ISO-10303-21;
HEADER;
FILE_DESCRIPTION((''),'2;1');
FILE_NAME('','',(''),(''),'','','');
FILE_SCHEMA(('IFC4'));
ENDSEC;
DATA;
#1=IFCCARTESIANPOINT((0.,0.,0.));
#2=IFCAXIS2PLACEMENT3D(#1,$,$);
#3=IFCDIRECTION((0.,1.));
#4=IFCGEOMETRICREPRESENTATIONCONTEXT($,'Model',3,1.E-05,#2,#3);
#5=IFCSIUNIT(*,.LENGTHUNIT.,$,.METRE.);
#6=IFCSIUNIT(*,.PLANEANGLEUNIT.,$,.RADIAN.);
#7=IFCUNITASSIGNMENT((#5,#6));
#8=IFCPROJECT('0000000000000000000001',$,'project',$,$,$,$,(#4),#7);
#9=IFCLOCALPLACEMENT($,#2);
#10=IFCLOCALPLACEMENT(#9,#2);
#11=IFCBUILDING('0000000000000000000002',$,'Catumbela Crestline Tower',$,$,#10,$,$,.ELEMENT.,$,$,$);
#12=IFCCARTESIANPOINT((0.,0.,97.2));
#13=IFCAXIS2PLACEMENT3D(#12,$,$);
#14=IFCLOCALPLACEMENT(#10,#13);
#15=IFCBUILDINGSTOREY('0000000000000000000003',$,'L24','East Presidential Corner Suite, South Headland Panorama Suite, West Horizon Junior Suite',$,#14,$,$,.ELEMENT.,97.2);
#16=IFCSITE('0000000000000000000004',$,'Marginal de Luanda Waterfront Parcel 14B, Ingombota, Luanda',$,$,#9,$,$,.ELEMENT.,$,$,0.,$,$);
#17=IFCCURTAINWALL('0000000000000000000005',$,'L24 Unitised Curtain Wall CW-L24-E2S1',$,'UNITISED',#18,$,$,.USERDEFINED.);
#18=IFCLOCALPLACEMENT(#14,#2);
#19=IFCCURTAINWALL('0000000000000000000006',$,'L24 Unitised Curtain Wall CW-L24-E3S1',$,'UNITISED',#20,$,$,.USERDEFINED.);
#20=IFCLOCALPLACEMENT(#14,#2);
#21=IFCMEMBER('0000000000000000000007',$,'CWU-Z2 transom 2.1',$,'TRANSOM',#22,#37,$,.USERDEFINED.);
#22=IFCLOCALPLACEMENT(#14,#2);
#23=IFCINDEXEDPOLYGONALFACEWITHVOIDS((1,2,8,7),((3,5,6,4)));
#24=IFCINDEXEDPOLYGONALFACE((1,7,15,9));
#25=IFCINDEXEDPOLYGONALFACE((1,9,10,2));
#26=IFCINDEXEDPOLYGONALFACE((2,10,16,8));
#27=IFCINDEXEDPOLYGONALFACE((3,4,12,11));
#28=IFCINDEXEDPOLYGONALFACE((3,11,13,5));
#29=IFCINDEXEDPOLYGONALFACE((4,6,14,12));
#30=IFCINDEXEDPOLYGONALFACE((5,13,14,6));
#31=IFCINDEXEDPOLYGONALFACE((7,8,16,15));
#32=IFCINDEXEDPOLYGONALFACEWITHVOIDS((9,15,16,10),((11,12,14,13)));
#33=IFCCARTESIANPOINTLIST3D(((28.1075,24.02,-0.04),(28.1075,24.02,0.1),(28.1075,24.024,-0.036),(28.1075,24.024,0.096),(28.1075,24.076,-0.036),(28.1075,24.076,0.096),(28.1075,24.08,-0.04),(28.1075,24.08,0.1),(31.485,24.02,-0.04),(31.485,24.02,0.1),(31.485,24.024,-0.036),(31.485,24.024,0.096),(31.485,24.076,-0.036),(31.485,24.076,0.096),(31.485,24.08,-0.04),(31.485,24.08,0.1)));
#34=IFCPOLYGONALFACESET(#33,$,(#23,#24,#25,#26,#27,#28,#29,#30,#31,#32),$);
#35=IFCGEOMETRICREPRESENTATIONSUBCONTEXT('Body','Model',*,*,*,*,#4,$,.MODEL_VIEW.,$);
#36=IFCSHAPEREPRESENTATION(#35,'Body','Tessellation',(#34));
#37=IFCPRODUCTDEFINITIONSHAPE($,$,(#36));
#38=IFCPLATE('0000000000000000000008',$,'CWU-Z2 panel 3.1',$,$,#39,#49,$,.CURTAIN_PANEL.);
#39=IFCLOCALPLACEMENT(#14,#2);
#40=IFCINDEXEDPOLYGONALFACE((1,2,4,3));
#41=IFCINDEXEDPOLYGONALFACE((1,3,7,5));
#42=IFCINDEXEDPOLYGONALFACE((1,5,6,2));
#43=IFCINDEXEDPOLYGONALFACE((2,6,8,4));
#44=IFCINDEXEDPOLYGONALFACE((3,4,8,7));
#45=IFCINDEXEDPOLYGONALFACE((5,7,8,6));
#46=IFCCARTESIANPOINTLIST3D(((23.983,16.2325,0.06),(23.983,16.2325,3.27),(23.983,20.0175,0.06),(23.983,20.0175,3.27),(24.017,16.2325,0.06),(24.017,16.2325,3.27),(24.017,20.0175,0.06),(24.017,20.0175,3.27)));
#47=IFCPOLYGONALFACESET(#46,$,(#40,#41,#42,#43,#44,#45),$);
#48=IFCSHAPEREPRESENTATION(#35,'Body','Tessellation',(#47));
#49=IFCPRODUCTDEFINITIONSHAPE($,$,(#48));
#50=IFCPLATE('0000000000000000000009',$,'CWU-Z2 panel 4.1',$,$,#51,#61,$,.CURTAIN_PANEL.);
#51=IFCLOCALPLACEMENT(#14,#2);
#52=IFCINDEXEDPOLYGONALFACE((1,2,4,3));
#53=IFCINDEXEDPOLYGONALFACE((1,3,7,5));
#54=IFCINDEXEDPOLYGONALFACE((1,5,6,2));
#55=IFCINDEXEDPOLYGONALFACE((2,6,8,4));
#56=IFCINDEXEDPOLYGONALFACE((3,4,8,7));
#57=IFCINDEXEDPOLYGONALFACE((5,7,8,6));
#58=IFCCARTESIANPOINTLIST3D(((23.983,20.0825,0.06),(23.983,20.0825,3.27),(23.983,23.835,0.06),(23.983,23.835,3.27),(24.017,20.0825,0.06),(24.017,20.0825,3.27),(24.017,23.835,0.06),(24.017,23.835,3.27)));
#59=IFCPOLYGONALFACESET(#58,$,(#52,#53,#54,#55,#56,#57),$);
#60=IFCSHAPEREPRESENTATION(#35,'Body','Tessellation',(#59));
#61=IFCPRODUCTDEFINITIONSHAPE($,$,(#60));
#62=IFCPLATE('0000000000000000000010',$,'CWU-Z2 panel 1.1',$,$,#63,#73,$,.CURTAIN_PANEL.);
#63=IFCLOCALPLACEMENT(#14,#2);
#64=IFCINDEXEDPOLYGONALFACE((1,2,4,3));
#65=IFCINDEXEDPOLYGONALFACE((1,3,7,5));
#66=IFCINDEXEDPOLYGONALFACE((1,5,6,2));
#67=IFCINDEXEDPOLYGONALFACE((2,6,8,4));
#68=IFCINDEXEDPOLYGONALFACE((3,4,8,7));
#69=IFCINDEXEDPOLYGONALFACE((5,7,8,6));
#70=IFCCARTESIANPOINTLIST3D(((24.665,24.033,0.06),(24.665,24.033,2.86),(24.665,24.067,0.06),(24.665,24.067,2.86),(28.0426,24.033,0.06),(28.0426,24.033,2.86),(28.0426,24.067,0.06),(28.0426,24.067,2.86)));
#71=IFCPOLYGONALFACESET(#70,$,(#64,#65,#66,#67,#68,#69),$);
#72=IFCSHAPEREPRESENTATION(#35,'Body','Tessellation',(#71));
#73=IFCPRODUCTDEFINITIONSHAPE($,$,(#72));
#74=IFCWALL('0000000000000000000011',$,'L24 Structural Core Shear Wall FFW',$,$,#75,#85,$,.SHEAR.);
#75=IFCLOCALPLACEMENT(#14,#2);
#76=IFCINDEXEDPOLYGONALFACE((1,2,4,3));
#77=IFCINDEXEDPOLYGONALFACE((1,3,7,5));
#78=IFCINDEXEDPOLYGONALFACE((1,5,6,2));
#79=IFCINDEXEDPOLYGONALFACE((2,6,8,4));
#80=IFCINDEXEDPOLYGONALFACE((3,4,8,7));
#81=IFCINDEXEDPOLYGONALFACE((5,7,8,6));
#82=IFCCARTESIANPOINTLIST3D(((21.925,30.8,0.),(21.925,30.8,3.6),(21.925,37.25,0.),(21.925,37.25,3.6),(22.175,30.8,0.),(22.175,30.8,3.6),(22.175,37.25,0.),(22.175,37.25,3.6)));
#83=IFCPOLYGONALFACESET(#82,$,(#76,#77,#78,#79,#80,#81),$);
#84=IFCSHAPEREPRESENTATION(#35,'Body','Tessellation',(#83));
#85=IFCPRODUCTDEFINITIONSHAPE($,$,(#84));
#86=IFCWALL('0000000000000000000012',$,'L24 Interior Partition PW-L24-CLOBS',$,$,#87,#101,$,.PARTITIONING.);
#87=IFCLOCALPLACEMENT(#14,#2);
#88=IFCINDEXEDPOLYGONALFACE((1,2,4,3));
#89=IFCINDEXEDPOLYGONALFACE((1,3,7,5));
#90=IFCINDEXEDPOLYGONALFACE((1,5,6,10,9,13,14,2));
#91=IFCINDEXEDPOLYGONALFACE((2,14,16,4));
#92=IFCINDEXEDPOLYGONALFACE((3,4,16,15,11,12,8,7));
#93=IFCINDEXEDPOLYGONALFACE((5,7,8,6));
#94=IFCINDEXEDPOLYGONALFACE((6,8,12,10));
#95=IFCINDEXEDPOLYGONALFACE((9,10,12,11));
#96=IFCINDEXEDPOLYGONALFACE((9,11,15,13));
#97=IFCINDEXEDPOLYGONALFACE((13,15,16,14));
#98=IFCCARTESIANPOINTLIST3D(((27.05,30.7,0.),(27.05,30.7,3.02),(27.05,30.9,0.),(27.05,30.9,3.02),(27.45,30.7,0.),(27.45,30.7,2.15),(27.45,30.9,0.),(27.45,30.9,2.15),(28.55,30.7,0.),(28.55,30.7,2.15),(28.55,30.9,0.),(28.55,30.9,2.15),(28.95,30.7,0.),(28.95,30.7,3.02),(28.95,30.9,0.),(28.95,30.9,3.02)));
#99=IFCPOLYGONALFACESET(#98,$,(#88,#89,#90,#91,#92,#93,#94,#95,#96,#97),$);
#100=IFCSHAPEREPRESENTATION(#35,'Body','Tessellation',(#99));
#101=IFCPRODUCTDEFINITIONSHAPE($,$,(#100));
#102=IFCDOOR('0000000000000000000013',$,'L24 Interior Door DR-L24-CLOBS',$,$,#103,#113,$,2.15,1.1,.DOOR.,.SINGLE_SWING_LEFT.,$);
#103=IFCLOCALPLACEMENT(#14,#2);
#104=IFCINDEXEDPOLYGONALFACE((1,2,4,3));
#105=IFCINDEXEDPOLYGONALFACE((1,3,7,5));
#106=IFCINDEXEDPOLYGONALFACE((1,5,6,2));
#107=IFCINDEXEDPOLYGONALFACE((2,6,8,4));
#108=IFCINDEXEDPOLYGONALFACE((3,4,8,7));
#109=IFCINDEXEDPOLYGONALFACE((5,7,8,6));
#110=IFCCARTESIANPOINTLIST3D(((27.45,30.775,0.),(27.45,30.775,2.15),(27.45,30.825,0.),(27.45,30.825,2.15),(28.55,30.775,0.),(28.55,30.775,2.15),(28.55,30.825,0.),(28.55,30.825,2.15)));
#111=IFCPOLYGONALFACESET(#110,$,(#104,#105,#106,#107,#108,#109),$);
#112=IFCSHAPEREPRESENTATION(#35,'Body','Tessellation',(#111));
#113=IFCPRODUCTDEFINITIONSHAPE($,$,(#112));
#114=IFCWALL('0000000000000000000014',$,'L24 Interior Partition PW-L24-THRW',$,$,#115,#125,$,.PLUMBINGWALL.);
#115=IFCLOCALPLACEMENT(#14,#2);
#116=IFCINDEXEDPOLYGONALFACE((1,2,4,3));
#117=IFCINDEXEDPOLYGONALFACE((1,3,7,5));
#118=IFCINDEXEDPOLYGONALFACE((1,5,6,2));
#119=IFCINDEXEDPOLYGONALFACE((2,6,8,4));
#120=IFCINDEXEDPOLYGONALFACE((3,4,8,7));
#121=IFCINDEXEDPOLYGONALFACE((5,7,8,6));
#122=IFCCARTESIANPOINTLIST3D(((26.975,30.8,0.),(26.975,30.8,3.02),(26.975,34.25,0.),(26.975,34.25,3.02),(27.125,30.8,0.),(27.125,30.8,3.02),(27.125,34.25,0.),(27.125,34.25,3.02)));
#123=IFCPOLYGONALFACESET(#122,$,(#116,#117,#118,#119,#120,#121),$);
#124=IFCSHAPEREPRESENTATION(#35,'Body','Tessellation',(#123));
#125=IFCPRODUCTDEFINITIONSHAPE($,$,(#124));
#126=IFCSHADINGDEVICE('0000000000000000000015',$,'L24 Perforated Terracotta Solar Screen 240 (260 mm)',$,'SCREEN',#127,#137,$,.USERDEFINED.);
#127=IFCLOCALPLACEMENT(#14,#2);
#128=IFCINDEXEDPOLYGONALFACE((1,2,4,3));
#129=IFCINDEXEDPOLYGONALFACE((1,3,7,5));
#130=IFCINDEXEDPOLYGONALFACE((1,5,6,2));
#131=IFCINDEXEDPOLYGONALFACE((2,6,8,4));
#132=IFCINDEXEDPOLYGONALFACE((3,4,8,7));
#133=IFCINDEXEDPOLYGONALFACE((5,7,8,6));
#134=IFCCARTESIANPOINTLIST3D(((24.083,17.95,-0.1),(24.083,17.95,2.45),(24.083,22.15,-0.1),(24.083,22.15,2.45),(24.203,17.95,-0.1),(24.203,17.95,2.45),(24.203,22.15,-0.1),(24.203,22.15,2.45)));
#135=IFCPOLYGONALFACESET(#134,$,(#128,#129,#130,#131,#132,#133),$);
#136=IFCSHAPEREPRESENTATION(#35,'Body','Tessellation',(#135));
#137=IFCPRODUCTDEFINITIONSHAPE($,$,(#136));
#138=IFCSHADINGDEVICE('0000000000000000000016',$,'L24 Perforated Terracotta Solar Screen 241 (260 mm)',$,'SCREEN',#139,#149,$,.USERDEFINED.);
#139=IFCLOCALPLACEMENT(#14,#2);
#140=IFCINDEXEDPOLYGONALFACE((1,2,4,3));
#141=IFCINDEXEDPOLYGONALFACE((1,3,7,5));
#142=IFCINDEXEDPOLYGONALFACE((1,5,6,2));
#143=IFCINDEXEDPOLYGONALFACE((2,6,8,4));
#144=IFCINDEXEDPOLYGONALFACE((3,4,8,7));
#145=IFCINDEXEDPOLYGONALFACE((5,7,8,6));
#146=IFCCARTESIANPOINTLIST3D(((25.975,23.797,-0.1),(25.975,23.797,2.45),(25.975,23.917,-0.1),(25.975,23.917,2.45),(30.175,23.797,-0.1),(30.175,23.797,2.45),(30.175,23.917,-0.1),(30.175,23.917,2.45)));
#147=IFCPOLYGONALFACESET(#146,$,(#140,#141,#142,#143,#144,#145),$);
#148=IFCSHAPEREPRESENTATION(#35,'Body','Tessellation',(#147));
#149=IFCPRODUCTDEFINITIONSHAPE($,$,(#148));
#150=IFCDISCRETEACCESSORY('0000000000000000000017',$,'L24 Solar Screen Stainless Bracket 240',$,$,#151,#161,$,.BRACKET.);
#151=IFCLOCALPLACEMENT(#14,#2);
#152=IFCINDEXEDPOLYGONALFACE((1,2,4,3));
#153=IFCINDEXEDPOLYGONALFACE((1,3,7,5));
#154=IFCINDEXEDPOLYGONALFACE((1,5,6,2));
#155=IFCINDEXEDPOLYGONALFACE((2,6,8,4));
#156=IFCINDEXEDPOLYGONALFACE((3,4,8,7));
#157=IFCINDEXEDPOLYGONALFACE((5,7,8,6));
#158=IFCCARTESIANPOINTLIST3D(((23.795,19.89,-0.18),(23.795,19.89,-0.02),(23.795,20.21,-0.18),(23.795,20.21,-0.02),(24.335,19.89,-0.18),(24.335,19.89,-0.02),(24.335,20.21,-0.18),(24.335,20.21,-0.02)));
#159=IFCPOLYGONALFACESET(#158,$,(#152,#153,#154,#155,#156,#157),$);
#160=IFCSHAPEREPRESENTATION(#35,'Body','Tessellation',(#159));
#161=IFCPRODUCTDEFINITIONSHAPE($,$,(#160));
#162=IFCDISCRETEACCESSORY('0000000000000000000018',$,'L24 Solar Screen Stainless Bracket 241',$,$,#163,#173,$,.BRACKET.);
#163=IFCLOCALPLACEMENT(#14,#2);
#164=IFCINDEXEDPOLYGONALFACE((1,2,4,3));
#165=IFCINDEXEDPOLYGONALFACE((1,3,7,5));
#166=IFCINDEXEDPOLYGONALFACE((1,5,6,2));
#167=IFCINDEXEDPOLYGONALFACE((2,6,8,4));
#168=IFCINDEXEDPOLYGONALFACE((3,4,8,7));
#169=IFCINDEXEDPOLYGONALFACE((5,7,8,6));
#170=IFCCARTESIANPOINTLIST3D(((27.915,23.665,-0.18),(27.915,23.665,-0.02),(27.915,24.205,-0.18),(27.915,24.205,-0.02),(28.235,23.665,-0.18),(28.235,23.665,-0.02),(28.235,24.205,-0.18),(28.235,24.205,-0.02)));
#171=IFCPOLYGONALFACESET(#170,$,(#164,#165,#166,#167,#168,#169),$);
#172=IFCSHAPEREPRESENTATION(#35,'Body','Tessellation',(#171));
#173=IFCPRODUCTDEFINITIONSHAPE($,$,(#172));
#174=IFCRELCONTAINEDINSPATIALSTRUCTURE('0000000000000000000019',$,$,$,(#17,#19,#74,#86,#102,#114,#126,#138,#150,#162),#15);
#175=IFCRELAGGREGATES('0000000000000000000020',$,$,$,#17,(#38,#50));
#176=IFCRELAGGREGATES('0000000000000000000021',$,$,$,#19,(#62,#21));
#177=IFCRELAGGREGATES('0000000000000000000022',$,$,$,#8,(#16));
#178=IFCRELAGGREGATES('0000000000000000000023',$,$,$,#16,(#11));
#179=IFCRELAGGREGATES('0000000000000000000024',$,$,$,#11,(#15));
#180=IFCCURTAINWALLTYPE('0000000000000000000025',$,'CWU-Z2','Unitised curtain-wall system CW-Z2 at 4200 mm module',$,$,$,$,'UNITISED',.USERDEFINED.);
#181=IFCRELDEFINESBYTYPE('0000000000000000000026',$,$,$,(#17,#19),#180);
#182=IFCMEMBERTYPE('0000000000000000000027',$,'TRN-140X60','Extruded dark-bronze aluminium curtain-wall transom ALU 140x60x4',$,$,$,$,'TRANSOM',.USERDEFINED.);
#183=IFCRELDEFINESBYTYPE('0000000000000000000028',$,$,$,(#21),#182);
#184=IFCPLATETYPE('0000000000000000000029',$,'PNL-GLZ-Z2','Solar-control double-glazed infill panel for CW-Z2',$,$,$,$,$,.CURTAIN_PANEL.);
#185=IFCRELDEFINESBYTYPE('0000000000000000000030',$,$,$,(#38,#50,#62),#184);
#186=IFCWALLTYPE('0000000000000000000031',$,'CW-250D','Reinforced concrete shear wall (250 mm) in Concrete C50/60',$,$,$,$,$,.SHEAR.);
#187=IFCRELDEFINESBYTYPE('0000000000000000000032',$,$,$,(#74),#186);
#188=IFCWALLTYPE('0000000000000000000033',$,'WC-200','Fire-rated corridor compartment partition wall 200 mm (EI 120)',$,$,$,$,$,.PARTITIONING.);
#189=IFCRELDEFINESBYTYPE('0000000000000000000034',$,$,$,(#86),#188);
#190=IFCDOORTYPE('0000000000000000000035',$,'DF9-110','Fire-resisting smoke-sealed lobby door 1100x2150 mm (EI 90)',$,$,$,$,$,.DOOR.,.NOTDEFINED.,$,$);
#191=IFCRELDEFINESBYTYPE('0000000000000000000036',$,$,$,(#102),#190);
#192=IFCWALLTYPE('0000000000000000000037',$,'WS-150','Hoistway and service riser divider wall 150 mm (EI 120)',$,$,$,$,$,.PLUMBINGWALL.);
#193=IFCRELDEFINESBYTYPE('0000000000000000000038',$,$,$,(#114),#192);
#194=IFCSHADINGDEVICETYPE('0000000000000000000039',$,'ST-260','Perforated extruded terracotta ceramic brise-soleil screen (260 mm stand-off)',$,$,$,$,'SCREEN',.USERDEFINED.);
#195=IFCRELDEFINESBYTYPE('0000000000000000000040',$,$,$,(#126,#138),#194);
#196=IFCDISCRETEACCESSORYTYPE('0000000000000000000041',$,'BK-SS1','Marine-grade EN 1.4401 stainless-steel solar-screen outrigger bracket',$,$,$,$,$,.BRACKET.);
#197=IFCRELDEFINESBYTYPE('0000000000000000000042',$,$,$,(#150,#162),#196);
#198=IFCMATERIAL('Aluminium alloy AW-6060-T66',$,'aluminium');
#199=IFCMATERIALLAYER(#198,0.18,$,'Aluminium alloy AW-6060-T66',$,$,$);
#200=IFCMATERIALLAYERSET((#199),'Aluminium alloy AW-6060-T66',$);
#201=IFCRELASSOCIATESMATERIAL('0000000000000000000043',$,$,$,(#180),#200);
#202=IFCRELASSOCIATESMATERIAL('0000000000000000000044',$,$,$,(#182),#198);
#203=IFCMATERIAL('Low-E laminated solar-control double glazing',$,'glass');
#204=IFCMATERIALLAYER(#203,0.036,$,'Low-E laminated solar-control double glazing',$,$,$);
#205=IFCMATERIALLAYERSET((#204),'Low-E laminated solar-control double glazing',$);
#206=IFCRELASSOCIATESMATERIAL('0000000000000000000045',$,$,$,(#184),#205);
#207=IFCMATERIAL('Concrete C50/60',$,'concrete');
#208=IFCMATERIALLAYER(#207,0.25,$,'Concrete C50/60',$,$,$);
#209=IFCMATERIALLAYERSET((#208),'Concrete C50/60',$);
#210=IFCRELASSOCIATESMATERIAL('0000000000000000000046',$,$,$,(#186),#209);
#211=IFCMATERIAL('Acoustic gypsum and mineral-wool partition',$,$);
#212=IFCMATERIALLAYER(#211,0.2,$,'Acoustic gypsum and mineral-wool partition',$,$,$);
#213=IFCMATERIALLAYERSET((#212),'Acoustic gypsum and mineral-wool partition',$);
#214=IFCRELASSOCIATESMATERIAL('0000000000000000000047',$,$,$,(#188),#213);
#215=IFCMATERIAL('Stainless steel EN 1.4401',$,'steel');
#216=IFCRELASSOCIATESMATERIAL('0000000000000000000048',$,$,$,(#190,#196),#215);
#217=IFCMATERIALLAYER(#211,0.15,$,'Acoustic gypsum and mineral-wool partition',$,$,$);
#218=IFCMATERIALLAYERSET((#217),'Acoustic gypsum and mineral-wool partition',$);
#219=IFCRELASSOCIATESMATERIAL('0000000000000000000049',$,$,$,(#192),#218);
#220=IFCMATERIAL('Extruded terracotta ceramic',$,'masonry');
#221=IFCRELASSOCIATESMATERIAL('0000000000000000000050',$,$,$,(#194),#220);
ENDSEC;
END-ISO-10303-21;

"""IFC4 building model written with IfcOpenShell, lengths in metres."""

from ifc_helpers import new_model, si_unit, direction, frame, frame_2d, origin, origin_2d, place, context, subcontext, project, spatial, rectangle, hollow_rectangle, extrude, material, layer, layer_set, material_profile, profile_set, type_object, element, fill, aggregate, save


model = new_model("IFC4")

# Units and contexts
model_context = context("Model", 3, precision=1e-05, world=origin(), true_north=direction((0.0, 1.0)))
body_context = subcontext(model_context, "Body", "Model", "MODEL_VIEW")
ifc_project = project(units=[si_unit("LENGTHUNIT", "METRE"), si_unit("PLANEANGLEUNIT", "RADIAN")], contexts=[model_context])

# Site, building, storey
site_placement = place(None, origin())
site = spatial("IfcSite", under=ifc_project, at=site_placement, Name="Marginal de Luanda Waterfront Parcel 14B, Ingombota, Luanda", CompositionType="ELEMENT", RefElevation=0.0)
building_placement = place(site_placement, origin())
building = spatial("IfcBuilding", under=site, at=building_placement, Name="Catumbela Crestline Tower", CompositionType="ELEMENT")
storey_placement = place(building_placement, frame((0.0, 0.0, 97.2)))
storey = spatial("IfcBuildingStorey", under=building, at=storey_placement, Name="L24", Description="East Presidential Corner Suite, South Headland Panorama Suite, West Horizon Junior Suite", CompositionType="ELEMENT", Elevation=97.2)

# Shared definitions
ifc_material_1 = material(Name="Concrete C50/60", Category="concrete")

# Curtain walls
ifc_material_2 = material(Name="Aluminium alloy AW-6060-T66", Category="aluminium")
ifc_layer_1 = layer(ifc_material_2, 0.18, Name="Aluminium alloy AW-6060-T66")
ifc_layer_set_1 = layer_set([ifc_layer_1], Name="Aluminium alloy AW-6060-T66")
curtain_wall_type = type_object("IfcCurtainWallType", Name="CWU-Z2", Description="Unitised curtain-wall system CW-Z2 at 4200 mm module", ElementType="UNITISED", PredefinedType="USERDEFINED", material=ifc_layer_set_1)
curtain_wall_1_placement = place(storey_placement, origin())
curtain_wall_1 = element("IfcCurtainWall", 1, at=curtain_wall_1_placement, inside=storey, type_object=curtain_wall_type, Name="L24 Unitised Curtain Wall CW-L24-E2S1", ObjectType="UNITISED", PredefinedType="USERDEFINED")
curtain_wall_2_placement = place(storey_placement, origin())
curtain_wall_2 = element("IfcCurtainWall", 2, at=curtain_wall_2_placement, inside=storey, type_object=curtain_wall_type, Name="L24 Unitised Curtain Wall CW-L24-E3S1", ObjectType="UNITISED", PredefinedType="USERDEFINED")

# Member
ifc_material_profile_1 = material_profile(ifc_material_2, hollow_rectangle(XDim=0.06, YDim=0.14, WallThickness=0.004, at=origin_2d()), Name="ALU 140x60x4")
ifc_profile_set_1 = profile_set([ifc_material_profile_1], Name="Aluminium alloy AW-6060-T66")
member_type_1 = type_object("IfcMemberType", Name="TRN-140X60", Description="Extruded dark-bronze aluminium curtain-wall transom ALU 140x60x4", ElementType="TRANSOM", PredefinedType="USERDEFINED", material=ifc_profile_set_1)
member_1_placement = place(storey_placement, frame((28.1075, 24.05, 0.03), z_axis=(1.0, 0.0, 0.0), x_axis=(0.0, 1.0, 0.0)))
member_1 = element("IfcMember", 3, at=member_1_placement, type_object=member_type_1, Name="CWU-Z2 transom 2.1", ObjectType="TRANSOM", PredefinedType="USERDEFINED", context=body_context, shape_type="SweptSolid", body=[
    extrude(hollow_rectangle(XDim=0.06, YDim=0.14, WallThickness=0.004, at=origin_2d()), origin(), (0.0, 0.0, 1.0), 3.3775),
])

# Plates
ifc_material_3 = material(Name="Low-E laminated solar-control double glazing", Category="glass")
ifc_layer_2 = layer(ifc_material_3, 0.036, Name="Low-E laminated solar-control double glazing")
ifc_layer_set_2 = layer_set([ifc_layer_2], Name="Low-E laminated solar-control double glazing")
plate_type = type_object("IfcPlateType", Name="PNL-GLZ-Z2", Description="Solar-control double-glazed infill panel for CW-Z2", PredefinedType="CURTAIN_PANEL", material=ifc_layer_set_2)
plate_1_placement = place(storey_placement, frame((24.0, 18.125, 0.06), z_axis=(0.0, 0.0, 1.0), x_axis=(0.0, 1.0, 0.0)))
plate_1 = element("IfcPlate", 4, at=plate_1_placement, type_object=plate_type, Name="CWU-Z2 panel 3.1", PredefinedType="CURTAIN_PANEL", context=body_context, shape_type="SweptSolid", body=[
    extrude(rectangle(XDim=3.785, YDim=0.034, at=origin_2d()), origin(), (0.0, 0.0, 1.0), 3.21),
])
plate_2_placement = place(storey_placement, frame((24.0, 21.9587, 0.06), z_axis=(0.0, 0.0, 1.0), x_axis=(0.0, 1.0, 0.0)))
plate_2 = element("IfcPlate", 5, at=plate_2_placement, type_object=plate_type, Name="CWU-Z2 panel 4.1", PredefinedType="CURTAIN_PANEL", context=body_context, shape_type="SweptSolid", body=[
    extrude(rectangle(XDim=3.7525, YDim=0.034, at=origin_2d()), origin(), (0.0, 0.0, 1.0), 3.21),
])
aggregate(curtain_wall_1, [plate_1, plate_2])
plate_3_placement = place(storey_placement, frame((26.3538, 24.05, 0.06), z_axis=(0.0, 0.0, 1.0), x_axis=(1.0, 0.0, 0.0)))
plate_3 = element("IfcPlate", 6, at=plate_3_placement, type_object=plate_type, Name="CWU-Z2 panel 1.1", PredefinedType="CURTAIN_PANEL", context=body_context, shape_type="SweptSolid", body=[
    extrude(rectangle(XDim=3.3775, YDim=0.034, at=origin_2d()), origin(), (0.0, 0.0, 1.0), 2.8),
])
aggregate(curtain_wall_2, [plate_3, member_1])

# Wall
ifc_layer_3 = layer(ifc_material_1, 0.25, Name="Concrete C50/60")
ifc_layer_set_3 = layer_set([ifc_layer_3], Name="Concrete C50/60")
wall_type_1 = type_object("IfcWallType", Name="CW-250D", Description="Reinforced concrete shear wall (250 mm) in Concrete C50/60", PredefinedType="SHEAR", material=ifc_layer_set_3)
wall_1_placement = place(storey_placement, frame((22.05, 30.8, 0.0), z_axis=(0.0, 0.0, 1.0), x_axis=(0.0, 1.0, 0.0)))
element("IfcWall", 7, at=wall_1_placement, inside=storey, type_object=wall_type_1, Name="L24 Structural Core Shear Wall FFW", PredefinedType="SHEAR", context=body_context, shape_type="SweptSolid", body=[
    extrude(rectangle(XDim=6.45, YDim=0.25, at=frame_2d((3.225, 0.0))), origin(), (0.0, 0.0, 1.0), 3.6),
])

# Wall, opening, door
ifc_material_4 = material(Name="Acoustic gypsum and mineral-wool partition")
ifc_layer_4 = layer(ifc_material_4, 0.2, Name="Acoustic gypsum and mineral-wool partition")
ifc_layer_set_4 = layer_set([ifc_layer_4], Name="Acoustic gypsum and mineral-wool partition")
wall_type_2 = type_object("IfcWallType", Name="WC-200", Description="Fire-rated corridor compartment partition wall 200 mm (EI 120)", PredefinedType="PARTITIONING", material=ifc_layer_set_4)
wall_2_placement = place(storey_placement, frame((27.05, 30.8, 0.0), z_axis=(0.0, 0.0, 1.0), x_axis=(1.0, 0.0, 0.0)))
wall_2 = element("IfcWall", 8, at=wall_2_placement, inside=storey, type_object=wall_type_2, Name="L24 Interior Partition PW-L24-CLOBS", PredefinedType="PARTITIONING", context=body_context, shape_type="SweptSolid", body=[
    extrude(rectangle(XDim=1.9, YDim=0.2, at=frame_2d((0.95, 0.0))), origin(), (0.0, 0.0, 1.0), 3.02),
])
opening_placement = place(wall_2_placement, frame((0.4, 0.0, 0.0)))
opening = element("IfcOpeningElement", 9, at=opening_placement, cuts=wall_2, PredefinedType="OPENING", context=body_context, shape_type="SweptSolid", body=[
    extrude(rectangle(XDim=1.1, YDim=2.15, at=frame_2d((0.55, 1.075))), frame((0.0, 0.11, 0.0), z_axis=(0.0, -1.0, 0.0), x_axis=(1.0, 0.0, 0.0)), (0.0, 0.0, 1.0), 0.22),
])
ifc_material_5 = material(Name="Stainless steel EN 1.4401", Category="steel")
door_type = type_object("IfcDoorType", Name="DF9-110", Description="Fire-resisting smoke-sealed lobby door 1100x2150 mm (EI 90)", OperationType="NOTDEFINED", PredefinedType="DOOR", material=ifc_material_5)
door_placement = place(opening_placement, origin())
door = element("IfcDoor", 10, at=door_placement, inside=storey, type_object=door_type, Name="L24 Interior Door DR-L24-CLOBS", OperationType="SINGLE_SWING_LEFT", OverallHeight=2.15, OverallWidth=1.1, PredefinedType="DOOR", context=body_context, shape_type="SweptSolid", body=[
    extrude(rectangle(XDim=1.1, YDim=2.15, at=frame_2d((0.55, 1.075))), frame((0.0, 0.025, 0.0), z_axis=(0.0, -1.0, 0.0), x_axis=(1.0, 0.0, 0.0)), (0.0, 0.0, 1.0), 0.05),
])
fill(opening, door)

# Wall
ifc_layer_5 = layer(ifc_material_4, 0.15, Name="Acoustic gypsum and mineral-wool partition")
ifc_layer_set_5 = layer_set([ifc_layer_5], Name="Acoustic gypsum and mineral-wool partition")
wall_type_3 = type_object("IfcWallType", Name="WS-150", Description="Hoistway and service riser divider wall 150 mm (EI 120)", PredefinedType="PLUMBINGWALL", material=ifc_layer_set_5)
wall_3_placement = place(storey_placement, frame((27.05, 30.8, 0.0), z_axis=(0.0, 0.0, 1.0), x_axis=(0.0, 1.0, 0.0)))
element("IfcWall", 11, at=wall_3_placement, inside=storey, type_object=wall_type_3, Name="L24 Interior Partition PW-L24-THRW", PredefinedType="PLUMBINGWALL", context=body_context, shape_type="SweptSolid", body=[
    extrude(rectangle(XDim=3.45, YDim=0.15, at=frame_2d((1.725, 0.0))), origin(), (0.0, 0.0, 1.0), 3.02),
])

# Shading devices
ifc_material_6 = material(Name="Extruded terracotta ceramic", Category="masonry")
shading_device_type = type_object("IfcShadingDeviceType", Name="ST-260", Description="Perforated extruded terracotta ceramic brise-soleil screen (260 mm stand-off)", ElementType="SCREEN", PredefinedType="USERDEFINED", material=ifc_material_6)
for number, where, z_axis, x_axis, name in (
    (12, (24.143, 20.05, -0.1), (0.0, 0.0, 1.0), (0.0, 1.0, 0.0), "L24 Perforated Terracotta Solar Screen 240 (260 mm)"),
    (13, (28.075, 23.857, -0.1), (0.0, 0.0, 1.0), (1.0, 0.0, 0.0), "L24 Perforated Terracotta Solar Screen 241 (260 mm)"),
):
    element("IfcShadingDevice", number, at=place(storey_placement, frame(where, z_axis=z_axis, x_axis=x_axis)), inside=storey, type_object=shading_device_type, Name=name, ObjectType="SCREEN", PredefinedType="USERDEFINED", context=body_context, shape_type="SweptSolid", body=[
        extrude(rectangle(XDim=4.2, YDim=0.12, at=origin_2d()), origin(), (0.0, 0.0, 1.0), 2.55),
    ])

# Discrete accessories
discrete_accessory_type = type_object("IfcDiscreteAccessoryType", Name="BK-SS1", Description="Marine-grade EN 1.4401 stainless-steel solar-screen outrigger bracket", PredefinedType="BRACKET", material=ifc_material_5)
for number, where, z_axis, x_axis, name in (
    (14, (24.065, 20.05, -0.18), (0.0, 0.0, 1.0), (0.0, 1.0, 0.0), "L24 Solar Screen Stainless Bracket 240"),
    (15, (28.075, 23.935, -0.18), (0.0, 0.0, 1.0), (1.0, 0.0, 0.0), "L24 Solar Screen Stainless Bracket 241"),
):
    element("IfcDiscreteAccessory", number, at=place(storey_placement, frame(where, z_axis=z_axis, x_axis=x_axis)), inside=storey, type_object=discrete_accessory_type, Name=name, PredefinedType="BRACKET", context=body_context, shape_type="SweptSolid", body=[
        extrude(rectangle(XDim=0.32, YDim=0.54, at=origin_2d()), origin(), (0.0, 0.0, 1.0), 0.16),
    ])

save(model, "model.ifc")
